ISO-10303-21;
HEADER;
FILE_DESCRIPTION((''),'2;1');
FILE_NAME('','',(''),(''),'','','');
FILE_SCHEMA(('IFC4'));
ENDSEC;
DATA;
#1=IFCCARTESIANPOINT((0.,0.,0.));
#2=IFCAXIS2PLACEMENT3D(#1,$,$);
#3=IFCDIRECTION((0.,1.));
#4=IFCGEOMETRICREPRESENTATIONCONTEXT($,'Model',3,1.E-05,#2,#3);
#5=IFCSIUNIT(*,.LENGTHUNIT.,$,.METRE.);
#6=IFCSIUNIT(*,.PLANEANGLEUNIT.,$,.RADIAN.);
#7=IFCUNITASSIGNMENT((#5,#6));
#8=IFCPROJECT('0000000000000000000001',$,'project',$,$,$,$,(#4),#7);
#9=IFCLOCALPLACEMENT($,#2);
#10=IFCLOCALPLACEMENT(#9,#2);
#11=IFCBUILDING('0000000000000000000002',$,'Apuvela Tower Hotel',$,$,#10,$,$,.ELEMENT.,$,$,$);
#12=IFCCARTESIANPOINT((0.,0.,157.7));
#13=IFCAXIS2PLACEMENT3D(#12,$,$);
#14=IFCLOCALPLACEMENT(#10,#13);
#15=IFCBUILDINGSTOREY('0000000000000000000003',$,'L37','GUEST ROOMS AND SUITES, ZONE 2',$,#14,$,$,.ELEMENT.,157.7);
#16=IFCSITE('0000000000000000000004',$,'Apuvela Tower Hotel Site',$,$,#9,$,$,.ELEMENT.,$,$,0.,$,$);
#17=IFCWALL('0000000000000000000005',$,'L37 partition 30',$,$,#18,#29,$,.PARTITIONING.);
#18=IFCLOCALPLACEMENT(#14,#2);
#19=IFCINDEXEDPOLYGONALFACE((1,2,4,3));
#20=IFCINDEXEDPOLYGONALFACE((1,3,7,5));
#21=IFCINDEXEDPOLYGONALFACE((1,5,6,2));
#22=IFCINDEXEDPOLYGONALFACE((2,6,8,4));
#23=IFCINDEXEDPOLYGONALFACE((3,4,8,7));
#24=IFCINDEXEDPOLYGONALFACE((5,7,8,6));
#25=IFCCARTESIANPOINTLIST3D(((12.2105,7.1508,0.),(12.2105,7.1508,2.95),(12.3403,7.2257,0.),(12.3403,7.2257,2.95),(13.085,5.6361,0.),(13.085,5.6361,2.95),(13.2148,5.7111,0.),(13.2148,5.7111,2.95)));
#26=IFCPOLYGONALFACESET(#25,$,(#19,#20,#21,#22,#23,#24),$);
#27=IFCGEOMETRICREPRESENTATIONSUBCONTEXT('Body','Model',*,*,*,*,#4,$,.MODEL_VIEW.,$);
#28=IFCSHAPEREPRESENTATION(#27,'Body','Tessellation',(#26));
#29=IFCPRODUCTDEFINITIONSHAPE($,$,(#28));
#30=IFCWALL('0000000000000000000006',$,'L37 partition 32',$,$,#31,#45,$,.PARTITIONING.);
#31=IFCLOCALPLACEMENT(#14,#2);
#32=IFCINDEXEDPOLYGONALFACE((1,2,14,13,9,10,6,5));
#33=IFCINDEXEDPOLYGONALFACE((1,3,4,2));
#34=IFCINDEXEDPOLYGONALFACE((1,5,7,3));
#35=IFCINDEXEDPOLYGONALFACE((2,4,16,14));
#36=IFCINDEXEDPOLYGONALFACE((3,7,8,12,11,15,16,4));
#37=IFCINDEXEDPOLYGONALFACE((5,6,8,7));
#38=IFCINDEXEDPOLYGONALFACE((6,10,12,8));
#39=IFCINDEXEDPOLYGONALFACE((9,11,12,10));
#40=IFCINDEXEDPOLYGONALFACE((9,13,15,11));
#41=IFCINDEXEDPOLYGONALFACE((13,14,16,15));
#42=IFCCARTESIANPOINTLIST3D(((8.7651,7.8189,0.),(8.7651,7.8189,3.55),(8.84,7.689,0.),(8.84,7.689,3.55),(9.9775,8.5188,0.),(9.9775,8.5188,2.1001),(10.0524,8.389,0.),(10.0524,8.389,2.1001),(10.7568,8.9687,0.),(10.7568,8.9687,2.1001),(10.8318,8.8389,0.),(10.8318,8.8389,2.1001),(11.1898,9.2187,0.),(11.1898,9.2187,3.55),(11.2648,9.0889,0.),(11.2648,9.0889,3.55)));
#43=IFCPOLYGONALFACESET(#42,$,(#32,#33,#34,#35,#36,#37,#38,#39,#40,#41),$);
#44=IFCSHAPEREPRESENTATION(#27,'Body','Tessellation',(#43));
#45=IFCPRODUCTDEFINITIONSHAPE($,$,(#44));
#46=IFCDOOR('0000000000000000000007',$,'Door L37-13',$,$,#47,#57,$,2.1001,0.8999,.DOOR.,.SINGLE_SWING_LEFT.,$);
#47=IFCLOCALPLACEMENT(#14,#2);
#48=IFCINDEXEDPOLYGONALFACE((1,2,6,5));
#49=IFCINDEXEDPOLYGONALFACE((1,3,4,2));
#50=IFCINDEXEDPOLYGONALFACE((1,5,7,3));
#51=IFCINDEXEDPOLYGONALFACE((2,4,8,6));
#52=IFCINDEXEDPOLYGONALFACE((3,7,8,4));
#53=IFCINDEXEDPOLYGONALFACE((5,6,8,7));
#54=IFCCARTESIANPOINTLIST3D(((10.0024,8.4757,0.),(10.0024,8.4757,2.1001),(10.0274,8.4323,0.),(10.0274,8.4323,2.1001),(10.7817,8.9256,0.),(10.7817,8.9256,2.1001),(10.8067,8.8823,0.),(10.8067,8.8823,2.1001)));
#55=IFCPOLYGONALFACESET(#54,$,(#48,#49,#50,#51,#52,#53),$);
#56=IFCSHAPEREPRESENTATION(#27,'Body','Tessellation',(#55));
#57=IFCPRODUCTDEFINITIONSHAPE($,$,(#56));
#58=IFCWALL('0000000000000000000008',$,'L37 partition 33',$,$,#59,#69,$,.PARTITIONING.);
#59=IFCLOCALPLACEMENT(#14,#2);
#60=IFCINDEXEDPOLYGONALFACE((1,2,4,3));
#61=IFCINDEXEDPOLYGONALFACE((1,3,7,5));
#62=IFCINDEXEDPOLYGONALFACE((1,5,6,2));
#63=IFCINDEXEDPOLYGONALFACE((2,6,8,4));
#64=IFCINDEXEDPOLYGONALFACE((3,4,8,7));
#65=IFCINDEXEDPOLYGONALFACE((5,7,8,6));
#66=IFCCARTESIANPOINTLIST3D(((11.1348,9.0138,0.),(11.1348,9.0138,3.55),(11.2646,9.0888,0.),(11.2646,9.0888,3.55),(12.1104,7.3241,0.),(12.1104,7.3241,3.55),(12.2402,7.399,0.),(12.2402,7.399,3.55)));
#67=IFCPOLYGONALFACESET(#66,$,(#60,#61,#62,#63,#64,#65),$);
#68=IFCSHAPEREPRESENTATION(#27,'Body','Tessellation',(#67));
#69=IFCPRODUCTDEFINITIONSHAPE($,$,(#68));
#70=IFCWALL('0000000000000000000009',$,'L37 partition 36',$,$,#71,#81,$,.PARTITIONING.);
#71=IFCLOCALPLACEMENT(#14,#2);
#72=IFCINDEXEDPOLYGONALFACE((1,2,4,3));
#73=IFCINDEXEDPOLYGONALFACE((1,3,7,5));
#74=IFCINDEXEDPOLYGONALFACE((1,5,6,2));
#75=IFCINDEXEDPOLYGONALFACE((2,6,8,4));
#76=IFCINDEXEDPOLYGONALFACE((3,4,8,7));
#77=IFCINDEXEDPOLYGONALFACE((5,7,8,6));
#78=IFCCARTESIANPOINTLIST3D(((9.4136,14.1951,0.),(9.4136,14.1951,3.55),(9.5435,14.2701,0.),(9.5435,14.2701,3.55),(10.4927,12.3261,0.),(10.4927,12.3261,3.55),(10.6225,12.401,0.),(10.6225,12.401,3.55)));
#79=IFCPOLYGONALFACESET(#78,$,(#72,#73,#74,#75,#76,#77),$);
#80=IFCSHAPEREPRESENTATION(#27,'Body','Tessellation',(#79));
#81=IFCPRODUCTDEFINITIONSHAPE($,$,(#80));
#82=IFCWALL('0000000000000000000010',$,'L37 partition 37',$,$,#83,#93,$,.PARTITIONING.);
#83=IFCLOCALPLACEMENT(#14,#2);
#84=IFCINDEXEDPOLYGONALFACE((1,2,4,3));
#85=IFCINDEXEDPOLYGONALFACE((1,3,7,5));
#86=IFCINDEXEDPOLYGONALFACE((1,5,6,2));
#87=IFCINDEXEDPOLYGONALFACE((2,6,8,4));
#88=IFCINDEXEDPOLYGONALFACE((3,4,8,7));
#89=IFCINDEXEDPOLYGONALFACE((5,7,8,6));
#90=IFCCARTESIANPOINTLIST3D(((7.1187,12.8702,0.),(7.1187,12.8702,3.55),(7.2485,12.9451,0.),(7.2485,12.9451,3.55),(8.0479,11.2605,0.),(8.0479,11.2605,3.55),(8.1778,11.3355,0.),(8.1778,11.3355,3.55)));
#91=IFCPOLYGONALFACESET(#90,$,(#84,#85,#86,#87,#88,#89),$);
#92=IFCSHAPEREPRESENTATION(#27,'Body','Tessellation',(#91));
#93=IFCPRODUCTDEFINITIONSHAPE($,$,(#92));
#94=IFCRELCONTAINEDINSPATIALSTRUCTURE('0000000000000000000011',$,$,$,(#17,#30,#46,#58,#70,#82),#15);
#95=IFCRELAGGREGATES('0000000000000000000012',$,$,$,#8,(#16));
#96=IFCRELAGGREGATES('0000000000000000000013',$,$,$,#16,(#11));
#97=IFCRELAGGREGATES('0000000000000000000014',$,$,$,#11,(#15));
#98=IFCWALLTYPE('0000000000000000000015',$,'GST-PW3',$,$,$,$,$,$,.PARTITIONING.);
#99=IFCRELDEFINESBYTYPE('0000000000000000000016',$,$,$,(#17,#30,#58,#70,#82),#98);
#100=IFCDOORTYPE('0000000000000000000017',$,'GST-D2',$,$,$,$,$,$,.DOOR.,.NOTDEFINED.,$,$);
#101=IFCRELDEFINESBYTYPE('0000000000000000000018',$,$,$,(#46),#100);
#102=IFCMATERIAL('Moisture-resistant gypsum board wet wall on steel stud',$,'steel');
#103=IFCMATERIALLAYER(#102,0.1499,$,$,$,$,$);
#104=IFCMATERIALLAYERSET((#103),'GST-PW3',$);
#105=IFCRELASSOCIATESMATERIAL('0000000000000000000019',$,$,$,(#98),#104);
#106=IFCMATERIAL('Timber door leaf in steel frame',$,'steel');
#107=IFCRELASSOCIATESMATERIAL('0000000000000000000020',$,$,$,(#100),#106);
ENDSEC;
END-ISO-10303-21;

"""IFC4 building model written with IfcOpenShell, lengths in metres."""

from ifc_helpers import new_model, si_unit, direction, frame, frame_2d, origin, place, context, subcontext, project, spatial, rectangle, extrude, material, layer, layer_set, type_object, element, fill, save


model = new_model("IFC4")

# Units and contexts
model_context = context("Model", 3, precision=1e-05, world=origin(), true_north=direction((0.0, 1.0)))
body_context = subcontext(model_context, "Body", "Model", "MODEL_VIEW")
ifc_project = project(units=[si_unit("LENGTHUNIT", "METRE"), si_unit("PLANEANGLEUNIT", "RADIAN")], contexts=[model_context])

# Site, building, storey
site_placement = place(None, origin())
site = spatial("IfcSite", under=ifc_project, at=site_placement, Name="Apuvela Tower Hotel Site", CompositionType="ELEMENT", RefElevation=0.0)
building_placement = place(site_placement, origin())
building = spatial("IfcBuilding", under=site, at=building_placement, Name="Apuvela Tower Hotel", CompositionType="ELEMENT")
storey_placement = place(building_placement, frame((0.0, 0.0, 157.7)))
storey = spatial("IfcBuildingStorey", under=building, at=storey_placement, Name="L37", Description="GUEST ROOMS AND SUITES, ZONE 2", CompositionType="ELEMENT", Elevation=157.7)

# Shared definitions
ifc_material_1 = material(Name="Timber door leaf in steel frame", Category="steel")
ifc_material_2 = material(Name="Moisture-resistant gypsum board wet wall on steel stud", Category="steel")
ifc_layer_1 = layer(ifc_material_2, 0.1499)
ifc_layer_set_1 = layer_set([ifc_layer_1], Name="GST-PW3")
wall_type_1 = type_object("IfcWallType", Name="GST-PW3", PredefinedType="PARTITIONING", material=ifc_layer_set_1)
door_type_1 = type_object("IfcDoorType", Name="GST-D2", OperationType="NOTDEFINED", PredefinedType="DOOR", material=ifc_material_1)

# Wall
wall_1_placement = place(storey_placement, frame((13.1499, 5.6736, 0.0), z_axis=(0.0, 0.0, 1.0), x_axis=(-0.500012, 0.866018, 0.0)))
element("IfcWall", 1, at=wall_1_placement, inside=storey, type_object=wall_type_1, Name="L37 partition 30", PredefinedType="PARTITIONING", context=body_context, shape_type="SweptSolid", body=[
    extrude(rectangle(XDim=1.749, YDim=0.1499, at=frame_2d((0.8745, 0.0))), origin(), (0.0, 0.0, 1.0), 2.95),
])

# Wall, opening, door
wall_2_placement = place(storey_placement, frame((11.2273, 9.1538, 0.0), z_axis=(0.0, 0.0, 1.0), x_axis=(-0.866035, -0.499984, 0.0)))
wall_2 = element("IfcWall", 2, at=wall_2_placement, inside=storey, type_object=wall_type_1, Name="L37 partition 32", PredefinedType="PARTITIONING", context=body_context, shape_type="SweptSolid", body=[
    extrude(rectangle(XDim=2.7998, YDim=0.1499, at=frame_2d((1.3999, 0.0))), origin(), (0.0, 0.0, 1.0), 3.55),
])
opening_1_placement = place(wall_2_placement, frame((0.5, 0.0, 0.0)))
opening_1 = element("IfcOpeningElement", 3, at=opening_1_placement, cuts=wall_2, PredefinedType="OPENING", context=body_context, shape_type="SweptSolid", body=[
    extrude(rectangle(XDim=0.8999, YDim=2.1001, at=frame_2d((0.45, 1.05))), frame((0.0, 0.085, 0.0), z_axis=(0.0, -1.0, 0.0), x_axis=(1.0, 0.0, 0.0)), (0.0, 0.0, 1.0), 0.1699),
])
door_1_placement = place(opening_1_placement, origin())
door_1 = element("IfcDoor", 4, at=door_1_placement, inside=storey, type_object=door_type_1, Name="Door L37-13", OperationType="SINGLE_SWING_LEFT", OverallHeight=2.1001, OverallWidth=0.8999, PredefinedType="DOOR", context=body_context, shape_type="SweptSolid", body=[
    extrude(rectangle(XDim=0.8999, YDim=2.1001, at=frame_2d((0.45, 1.05))), frame((0.0, 0.0249, 0.0), z_axis=(0.0, -1.0, 0.0), x_axis=(1.0, 0.0, 0.0)), (0.0, 0.0, 1.0), 0.05),
])
fill(opening_1, door_1)

# Walls
wall_3_placement = place(storey_placement, frame((12.1753, 7.3616, 0.0), z_axis=(0.0, 0.0, 1.0), x_axis=(-0.500015, 0.866017, 0.0)))
element("IfcWall", 5, at=wall_3_placement, inside=storey, type_object=wall_type_1, Name="L37 partition 33", PredefinedType="PARTITIONING", context=body_context, shape_type="SweptSolid", body=[
    extrude(rectangle(XDim=1.9512, YDim=0.1499, at=frame_2d((0.9756, 0.0))), origin(), (0.0, 0.0, 1.0), 3.55),
])
wall_4_placement = place(storey_placement, frame((10.5576, 12.3635, 0.0), z_axis=(0.0, 0.0, 1.0), x_axis=(-0.499984, 0.866035, 0.0)))
element("IfcWall", 6, at=wall_4_placement, inside=storey, type_object=wall_type_1, Name="L37 partition 36", PredefinedType="PARTITIONING", context=body_context, shape_type="SweptSolid", body=[
    extrude(rectangle(XDim=2.1582, YDim=0.1499, at=frame_2d((1.0791, 0.0))), origin(), (0.0, 0.0, 1.0), 3.55),
])
wall_5_placement = place(storey_placement, frame((8.1128, 11.2981, 0.0), z_axis=(0.0, 0.0, 1.0), x_axis=(-0.499954, 0.866052, 0.0)))
element("IfcWall", 7, at=wall_5_placement, inside=storey, type_object=wall_type_1, Name="L37 partition 37", PredefinedType="PARTITIONING", context=body_context, shape_type="SweptSolid", body=[
    extrude(rectangle(XDim=1.8586, YDim=0.1499, at=frame_2d((0.9292, 0.0))), origin(), (0.0, 0.0, 1.0), 3.55),
])

save(model, "model.ifc")
